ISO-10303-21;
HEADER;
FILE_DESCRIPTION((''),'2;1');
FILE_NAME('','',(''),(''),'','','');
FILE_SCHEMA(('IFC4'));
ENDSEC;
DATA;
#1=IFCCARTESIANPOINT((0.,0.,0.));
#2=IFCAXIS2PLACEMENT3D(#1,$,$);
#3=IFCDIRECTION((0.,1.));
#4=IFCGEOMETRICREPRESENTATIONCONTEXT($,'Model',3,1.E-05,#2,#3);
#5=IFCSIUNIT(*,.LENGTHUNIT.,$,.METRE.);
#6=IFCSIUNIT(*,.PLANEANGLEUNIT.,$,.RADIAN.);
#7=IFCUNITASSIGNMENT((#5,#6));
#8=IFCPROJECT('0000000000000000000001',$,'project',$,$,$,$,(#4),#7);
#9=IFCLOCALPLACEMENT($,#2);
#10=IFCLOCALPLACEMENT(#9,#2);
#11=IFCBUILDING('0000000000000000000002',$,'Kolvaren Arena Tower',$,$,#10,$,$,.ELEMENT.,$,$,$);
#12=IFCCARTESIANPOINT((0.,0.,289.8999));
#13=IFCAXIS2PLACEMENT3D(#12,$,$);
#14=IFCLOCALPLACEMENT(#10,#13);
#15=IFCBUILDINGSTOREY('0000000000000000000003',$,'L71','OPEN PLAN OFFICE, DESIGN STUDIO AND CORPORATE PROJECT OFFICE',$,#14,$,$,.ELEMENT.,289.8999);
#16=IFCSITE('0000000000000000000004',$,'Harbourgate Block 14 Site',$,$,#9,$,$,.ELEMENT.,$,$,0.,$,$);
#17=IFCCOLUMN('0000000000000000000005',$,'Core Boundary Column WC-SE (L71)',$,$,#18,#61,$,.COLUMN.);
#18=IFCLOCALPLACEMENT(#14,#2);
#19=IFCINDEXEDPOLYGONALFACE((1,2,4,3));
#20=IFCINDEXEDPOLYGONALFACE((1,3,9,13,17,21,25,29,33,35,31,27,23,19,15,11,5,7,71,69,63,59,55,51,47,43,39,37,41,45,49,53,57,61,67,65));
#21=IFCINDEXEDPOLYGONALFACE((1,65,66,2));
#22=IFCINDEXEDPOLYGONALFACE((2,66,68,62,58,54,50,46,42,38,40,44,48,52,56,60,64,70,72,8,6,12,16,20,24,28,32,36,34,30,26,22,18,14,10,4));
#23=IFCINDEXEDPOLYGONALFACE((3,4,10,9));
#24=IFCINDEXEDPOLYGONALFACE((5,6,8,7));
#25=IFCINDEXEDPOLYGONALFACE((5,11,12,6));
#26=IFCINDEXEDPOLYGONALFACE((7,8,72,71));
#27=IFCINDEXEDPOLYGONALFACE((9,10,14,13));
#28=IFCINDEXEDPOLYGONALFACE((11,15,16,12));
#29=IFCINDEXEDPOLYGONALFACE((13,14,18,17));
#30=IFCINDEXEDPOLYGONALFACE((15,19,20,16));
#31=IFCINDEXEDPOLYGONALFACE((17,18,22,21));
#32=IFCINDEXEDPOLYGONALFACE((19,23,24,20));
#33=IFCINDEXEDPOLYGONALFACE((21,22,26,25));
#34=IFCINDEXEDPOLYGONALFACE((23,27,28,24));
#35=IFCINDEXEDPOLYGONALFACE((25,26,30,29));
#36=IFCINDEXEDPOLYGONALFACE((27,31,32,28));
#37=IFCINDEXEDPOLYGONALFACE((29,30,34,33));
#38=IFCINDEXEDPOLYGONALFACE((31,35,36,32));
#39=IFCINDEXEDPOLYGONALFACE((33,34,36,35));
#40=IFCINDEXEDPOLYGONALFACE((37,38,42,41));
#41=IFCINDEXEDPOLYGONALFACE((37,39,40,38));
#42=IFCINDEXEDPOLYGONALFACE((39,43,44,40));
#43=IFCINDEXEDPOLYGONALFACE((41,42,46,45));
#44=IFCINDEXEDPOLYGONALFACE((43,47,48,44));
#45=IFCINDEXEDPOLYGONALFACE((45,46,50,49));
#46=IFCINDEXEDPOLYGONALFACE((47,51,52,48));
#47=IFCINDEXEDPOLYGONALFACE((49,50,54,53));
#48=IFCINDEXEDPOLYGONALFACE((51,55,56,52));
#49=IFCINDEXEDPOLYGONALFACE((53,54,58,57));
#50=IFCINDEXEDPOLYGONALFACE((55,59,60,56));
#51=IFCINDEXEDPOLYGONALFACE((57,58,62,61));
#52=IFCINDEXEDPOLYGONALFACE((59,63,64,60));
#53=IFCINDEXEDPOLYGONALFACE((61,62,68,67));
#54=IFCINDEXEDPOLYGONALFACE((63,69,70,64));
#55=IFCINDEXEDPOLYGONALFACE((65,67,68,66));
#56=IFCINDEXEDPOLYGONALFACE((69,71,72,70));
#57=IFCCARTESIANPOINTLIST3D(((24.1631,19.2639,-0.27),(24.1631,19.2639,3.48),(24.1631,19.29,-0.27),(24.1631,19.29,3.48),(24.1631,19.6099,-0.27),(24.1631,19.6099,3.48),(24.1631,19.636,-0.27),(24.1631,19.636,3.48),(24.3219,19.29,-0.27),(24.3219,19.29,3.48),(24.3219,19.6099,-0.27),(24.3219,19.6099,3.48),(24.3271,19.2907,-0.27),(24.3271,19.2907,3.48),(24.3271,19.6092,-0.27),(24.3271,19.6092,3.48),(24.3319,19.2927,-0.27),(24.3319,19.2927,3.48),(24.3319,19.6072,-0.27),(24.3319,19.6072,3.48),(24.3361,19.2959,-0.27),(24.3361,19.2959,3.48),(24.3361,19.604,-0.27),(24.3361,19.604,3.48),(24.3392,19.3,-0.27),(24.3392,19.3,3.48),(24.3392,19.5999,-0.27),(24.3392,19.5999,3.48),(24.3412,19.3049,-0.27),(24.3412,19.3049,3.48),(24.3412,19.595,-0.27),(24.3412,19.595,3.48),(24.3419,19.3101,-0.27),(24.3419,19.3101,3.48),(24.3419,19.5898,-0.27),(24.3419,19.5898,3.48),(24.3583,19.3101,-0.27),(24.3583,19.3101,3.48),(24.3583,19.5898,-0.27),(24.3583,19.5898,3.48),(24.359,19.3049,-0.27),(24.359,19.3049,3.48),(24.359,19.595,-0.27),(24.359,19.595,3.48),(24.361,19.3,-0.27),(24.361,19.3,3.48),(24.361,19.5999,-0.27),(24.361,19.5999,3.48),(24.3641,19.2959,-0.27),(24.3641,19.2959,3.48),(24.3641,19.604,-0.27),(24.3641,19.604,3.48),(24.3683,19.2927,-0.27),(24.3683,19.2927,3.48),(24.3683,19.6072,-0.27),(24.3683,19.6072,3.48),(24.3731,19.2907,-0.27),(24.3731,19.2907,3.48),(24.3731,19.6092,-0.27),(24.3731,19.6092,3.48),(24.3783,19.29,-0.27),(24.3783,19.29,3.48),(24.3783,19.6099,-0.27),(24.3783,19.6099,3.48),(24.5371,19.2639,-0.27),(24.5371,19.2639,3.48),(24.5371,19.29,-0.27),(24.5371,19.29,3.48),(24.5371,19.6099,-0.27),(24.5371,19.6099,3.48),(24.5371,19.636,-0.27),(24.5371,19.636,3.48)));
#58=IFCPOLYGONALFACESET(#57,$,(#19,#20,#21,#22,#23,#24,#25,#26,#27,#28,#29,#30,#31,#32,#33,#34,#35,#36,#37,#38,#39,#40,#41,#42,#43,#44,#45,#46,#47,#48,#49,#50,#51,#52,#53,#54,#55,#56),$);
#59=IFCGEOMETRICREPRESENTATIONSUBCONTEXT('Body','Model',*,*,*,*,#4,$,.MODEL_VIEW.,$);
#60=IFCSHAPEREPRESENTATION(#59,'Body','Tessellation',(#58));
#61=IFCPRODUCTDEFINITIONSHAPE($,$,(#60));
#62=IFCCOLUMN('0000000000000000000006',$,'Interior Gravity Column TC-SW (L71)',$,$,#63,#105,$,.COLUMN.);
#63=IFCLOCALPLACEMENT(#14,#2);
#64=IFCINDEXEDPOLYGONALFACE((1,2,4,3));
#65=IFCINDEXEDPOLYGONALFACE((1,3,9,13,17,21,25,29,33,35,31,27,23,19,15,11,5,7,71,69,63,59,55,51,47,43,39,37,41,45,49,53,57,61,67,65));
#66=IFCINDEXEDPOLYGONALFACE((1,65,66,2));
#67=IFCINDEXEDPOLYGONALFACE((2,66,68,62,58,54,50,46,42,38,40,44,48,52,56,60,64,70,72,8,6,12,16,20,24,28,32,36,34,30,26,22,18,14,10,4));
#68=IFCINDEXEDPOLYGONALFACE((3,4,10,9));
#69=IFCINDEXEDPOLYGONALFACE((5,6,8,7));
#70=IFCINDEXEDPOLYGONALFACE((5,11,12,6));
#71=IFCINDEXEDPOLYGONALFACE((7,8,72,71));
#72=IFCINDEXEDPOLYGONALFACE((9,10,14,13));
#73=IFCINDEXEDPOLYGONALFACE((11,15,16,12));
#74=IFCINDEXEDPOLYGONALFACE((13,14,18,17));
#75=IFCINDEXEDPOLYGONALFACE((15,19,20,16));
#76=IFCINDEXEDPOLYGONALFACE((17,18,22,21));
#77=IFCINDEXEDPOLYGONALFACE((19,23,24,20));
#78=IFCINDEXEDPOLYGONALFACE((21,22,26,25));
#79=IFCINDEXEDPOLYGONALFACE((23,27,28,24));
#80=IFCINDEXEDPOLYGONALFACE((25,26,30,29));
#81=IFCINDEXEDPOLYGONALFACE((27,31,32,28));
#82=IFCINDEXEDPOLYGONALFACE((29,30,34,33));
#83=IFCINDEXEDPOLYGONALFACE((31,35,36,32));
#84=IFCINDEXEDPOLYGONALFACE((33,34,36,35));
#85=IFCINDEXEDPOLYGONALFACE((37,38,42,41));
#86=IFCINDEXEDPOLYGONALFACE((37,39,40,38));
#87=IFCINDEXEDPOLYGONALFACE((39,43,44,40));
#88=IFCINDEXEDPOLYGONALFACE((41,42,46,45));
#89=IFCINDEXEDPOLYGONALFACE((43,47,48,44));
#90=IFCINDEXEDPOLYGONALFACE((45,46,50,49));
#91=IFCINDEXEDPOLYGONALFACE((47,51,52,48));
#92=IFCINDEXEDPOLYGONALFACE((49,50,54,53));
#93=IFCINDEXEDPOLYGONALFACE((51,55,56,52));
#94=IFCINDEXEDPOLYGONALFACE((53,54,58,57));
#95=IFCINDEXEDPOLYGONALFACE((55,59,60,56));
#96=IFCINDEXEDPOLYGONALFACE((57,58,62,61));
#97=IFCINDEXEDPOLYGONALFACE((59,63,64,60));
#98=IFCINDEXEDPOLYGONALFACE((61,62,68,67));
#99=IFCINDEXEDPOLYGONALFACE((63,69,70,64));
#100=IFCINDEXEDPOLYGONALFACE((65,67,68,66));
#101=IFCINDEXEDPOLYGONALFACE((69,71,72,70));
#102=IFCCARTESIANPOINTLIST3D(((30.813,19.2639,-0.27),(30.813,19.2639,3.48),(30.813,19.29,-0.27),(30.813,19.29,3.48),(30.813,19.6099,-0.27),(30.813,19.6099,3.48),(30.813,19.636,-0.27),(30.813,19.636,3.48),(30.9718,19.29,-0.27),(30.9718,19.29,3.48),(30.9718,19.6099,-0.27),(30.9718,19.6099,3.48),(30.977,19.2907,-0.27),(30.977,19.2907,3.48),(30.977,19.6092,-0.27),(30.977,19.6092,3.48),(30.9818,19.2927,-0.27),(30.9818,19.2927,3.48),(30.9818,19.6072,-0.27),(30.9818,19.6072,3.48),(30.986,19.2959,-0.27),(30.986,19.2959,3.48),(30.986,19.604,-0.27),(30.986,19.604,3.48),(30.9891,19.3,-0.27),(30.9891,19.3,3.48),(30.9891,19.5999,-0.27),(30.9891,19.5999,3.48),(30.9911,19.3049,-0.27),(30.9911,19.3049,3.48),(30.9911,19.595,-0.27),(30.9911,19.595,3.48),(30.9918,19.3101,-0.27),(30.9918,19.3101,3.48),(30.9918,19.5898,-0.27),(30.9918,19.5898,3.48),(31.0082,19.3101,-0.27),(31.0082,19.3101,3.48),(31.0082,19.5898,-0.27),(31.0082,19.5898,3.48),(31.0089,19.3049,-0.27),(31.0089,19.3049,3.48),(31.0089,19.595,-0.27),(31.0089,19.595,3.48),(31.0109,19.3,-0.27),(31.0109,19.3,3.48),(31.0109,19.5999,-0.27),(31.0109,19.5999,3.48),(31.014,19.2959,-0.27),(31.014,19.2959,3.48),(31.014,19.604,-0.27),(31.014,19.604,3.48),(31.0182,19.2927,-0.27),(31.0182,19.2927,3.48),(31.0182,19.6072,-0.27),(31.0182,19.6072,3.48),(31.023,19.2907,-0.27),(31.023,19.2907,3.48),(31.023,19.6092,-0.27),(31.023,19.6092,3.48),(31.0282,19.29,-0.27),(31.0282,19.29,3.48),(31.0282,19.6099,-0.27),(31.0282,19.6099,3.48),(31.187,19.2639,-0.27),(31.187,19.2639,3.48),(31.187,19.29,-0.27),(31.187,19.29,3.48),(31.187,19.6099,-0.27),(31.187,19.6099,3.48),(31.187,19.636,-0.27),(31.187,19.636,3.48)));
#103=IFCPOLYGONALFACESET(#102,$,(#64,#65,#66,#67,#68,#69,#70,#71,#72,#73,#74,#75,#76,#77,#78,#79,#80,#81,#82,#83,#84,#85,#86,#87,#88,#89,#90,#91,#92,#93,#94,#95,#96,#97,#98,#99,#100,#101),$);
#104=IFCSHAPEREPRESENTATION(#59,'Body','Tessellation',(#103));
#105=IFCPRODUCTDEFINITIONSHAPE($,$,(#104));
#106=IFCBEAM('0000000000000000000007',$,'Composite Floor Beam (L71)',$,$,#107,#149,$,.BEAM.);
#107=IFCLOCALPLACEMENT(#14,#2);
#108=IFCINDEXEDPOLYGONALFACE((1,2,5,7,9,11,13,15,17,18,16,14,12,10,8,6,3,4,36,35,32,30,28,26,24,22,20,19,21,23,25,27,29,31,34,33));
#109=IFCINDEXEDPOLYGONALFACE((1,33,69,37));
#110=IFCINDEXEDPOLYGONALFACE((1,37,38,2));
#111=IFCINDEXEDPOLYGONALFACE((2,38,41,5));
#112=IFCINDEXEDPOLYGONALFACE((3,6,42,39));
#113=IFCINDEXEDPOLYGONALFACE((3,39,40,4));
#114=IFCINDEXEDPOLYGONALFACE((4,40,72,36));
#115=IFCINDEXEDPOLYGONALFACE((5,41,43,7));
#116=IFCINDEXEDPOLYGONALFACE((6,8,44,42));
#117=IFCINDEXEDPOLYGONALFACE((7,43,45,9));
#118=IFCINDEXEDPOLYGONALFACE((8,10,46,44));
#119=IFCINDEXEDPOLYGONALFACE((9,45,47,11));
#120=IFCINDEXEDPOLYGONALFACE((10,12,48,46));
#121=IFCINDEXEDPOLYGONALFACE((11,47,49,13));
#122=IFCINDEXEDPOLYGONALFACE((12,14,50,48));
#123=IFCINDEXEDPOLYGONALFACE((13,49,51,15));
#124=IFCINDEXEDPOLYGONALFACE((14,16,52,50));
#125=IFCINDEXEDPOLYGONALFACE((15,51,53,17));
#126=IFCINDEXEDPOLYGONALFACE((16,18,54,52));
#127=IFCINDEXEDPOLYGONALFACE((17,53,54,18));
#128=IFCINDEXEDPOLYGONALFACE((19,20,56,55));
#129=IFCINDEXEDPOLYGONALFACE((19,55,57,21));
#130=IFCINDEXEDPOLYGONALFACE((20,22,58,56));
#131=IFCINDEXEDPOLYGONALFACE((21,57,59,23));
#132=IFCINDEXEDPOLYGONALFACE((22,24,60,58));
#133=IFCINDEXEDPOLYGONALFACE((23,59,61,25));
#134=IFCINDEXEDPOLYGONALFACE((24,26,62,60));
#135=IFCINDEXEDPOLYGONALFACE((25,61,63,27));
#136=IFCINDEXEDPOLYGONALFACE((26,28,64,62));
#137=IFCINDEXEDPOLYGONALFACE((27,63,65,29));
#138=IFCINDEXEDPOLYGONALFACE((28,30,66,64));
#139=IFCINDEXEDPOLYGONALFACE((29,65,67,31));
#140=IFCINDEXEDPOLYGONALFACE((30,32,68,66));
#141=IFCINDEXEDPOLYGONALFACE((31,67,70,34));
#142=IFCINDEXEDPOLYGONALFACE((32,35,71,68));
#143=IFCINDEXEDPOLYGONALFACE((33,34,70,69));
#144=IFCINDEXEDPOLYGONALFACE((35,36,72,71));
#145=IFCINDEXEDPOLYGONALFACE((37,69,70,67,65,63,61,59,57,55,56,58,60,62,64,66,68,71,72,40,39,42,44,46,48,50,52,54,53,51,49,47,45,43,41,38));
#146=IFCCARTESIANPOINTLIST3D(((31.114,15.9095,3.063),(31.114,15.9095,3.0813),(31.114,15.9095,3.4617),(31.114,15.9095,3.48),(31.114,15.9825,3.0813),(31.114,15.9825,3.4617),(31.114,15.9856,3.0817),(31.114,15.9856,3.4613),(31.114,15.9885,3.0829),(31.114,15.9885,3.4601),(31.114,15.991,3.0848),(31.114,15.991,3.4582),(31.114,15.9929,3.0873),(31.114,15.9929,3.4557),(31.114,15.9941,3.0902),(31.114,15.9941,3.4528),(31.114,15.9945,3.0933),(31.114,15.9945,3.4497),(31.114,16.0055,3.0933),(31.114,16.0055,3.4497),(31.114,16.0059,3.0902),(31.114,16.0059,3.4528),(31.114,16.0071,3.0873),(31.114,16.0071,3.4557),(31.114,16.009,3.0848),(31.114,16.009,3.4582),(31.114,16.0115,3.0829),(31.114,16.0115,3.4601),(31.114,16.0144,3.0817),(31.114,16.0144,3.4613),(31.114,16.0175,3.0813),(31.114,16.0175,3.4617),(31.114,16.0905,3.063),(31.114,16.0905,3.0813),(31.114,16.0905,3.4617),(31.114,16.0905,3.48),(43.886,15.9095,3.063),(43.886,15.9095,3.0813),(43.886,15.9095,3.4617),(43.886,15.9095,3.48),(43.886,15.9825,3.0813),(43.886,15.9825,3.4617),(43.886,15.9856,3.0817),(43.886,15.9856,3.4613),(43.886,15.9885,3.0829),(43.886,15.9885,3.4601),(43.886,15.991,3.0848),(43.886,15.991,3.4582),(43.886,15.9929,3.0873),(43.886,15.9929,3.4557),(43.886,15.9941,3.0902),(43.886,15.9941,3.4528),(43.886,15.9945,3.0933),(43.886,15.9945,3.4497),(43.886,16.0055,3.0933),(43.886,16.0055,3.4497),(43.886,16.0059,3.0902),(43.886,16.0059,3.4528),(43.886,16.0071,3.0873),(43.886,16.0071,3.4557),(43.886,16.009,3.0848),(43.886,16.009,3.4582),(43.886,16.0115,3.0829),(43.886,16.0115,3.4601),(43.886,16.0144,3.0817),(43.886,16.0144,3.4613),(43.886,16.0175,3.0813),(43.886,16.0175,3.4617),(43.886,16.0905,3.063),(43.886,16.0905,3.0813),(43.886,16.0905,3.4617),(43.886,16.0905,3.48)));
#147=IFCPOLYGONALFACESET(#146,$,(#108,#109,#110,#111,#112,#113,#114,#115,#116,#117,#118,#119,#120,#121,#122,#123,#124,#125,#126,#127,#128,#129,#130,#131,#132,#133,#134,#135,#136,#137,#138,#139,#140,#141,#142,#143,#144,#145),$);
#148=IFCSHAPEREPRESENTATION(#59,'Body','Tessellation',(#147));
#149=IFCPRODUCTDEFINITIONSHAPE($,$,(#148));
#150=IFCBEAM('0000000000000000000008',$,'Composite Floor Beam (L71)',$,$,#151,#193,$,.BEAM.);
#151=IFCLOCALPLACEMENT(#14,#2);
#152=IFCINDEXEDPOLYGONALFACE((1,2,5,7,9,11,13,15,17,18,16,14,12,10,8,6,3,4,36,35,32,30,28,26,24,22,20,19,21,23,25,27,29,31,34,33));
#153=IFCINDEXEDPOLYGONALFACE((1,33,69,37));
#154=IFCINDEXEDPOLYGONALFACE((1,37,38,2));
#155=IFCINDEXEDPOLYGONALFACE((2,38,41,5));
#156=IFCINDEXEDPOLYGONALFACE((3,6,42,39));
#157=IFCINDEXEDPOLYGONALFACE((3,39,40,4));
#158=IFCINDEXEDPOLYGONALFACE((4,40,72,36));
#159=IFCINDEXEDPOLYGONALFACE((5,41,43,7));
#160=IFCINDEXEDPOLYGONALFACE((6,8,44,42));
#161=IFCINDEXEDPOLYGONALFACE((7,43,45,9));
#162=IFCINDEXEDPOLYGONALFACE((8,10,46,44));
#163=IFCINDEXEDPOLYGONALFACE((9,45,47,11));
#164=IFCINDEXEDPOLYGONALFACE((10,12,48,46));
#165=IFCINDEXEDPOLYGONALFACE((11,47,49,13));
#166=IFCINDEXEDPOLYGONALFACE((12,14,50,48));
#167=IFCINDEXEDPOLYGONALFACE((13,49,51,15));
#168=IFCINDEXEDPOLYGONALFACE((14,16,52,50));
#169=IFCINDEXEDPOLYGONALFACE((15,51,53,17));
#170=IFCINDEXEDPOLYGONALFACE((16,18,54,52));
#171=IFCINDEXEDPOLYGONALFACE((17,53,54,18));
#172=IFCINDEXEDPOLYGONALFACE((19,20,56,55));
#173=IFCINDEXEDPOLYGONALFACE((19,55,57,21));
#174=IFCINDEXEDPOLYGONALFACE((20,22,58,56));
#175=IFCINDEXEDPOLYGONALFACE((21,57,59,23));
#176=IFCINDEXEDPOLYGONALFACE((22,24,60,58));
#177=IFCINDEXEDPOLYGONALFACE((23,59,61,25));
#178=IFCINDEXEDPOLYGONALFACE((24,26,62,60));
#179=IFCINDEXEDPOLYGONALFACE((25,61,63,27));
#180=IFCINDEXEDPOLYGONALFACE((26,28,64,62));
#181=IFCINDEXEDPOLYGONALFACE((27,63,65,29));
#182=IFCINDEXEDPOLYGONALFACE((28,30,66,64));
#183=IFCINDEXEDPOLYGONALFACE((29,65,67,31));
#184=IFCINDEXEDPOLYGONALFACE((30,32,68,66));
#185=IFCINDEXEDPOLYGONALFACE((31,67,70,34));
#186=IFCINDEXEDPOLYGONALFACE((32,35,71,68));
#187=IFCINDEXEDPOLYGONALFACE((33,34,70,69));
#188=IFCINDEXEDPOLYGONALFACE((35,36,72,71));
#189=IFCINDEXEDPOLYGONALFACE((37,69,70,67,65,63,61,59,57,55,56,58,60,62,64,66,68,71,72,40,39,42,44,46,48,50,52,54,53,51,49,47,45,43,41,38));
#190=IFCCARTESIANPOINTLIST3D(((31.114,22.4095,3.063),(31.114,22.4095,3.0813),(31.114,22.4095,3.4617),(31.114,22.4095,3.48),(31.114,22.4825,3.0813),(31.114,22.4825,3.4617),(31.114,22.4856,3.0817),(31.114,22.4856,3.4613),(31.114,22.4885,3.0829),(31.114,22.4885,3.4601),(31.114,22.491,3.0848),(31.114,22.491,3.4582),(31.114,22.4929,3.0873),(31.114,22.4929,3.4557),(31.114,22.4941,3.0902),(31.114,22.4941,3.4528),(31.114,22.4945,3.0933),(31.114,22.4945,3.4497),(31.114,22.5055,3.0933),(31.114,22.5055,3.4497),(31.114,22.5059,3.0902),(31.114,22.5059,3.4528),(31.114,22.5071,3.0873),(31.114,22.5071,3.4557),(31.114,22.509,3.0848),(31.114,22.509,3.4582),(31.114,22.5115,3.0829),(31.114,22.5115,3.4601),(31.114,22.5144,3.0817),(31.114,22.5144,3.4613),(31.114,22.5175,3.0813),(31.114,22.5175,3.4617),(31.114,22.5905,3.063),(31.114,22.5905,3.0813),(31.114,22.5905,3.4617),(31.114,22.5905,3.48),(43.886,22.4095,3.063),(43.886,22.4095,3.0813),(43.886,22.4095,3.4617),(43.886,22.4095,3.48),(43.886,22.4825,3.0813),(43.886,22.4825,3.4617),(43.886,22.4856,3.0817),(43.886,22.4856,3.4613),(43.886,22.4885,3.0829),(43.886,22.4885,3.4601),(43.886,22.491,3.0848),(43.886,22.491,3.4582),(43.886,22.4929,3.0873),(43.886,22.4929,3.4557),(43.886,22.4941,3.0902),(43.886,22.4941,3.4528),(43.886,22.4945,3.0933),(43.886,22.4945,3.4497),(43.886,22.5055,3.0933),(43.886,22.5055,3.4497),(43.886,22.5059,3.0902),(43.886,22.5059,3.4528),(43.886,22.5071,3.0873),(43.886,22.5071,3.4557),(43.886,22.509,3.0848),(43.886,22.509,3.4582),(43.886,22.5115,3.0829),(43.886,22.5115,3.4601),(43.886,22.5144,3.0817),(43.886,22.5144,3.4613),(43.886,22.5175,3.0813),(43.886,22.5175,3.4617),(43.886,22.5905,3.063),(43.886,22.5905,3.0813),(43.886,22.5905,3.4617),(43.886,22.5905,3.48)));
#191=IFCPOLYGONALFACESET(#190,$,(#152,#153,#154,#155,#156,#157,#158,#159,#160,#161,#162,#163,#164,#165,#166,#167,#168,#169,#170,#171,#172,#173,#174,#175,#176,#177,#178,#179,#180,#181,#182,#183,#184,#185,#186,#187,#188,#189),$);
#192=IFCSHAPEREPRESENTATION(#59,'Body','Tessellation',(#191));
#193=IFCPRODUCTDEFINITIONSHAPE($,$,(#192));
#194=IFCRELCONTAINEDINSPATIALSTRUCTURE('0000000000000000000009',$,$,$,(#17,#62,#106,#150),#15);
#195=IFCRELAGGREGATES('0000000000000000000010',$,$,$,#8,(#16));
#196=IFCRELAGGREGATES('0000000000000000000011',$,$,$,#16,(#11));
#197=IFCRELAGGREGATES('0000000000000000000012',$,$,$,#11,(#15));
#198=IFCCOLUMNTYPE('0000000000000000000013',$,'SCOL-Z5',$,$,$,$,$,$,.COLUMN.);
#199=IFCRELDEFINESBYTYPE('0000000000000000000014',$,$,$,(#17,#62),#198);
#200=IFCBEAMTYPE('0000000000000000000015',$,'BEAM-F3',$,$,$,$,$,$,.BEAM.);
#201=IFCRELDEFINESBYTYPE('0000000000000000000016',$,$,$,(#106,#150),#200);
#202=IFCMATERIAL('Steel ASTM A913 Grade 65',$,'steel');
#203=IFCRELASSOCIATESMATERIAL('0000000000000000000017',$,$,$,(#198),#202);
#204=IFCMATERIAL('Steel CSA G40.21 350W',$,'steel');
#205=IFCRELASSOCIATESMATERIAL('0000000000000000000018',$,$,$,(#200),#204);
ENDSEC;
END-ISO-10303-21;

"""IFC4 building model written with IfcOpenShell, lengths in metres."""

from ifc_helpers import new_model, si_unit, direction, frame, origin, origin_2d, place, context, subcontext, project, spatial, i_section, extrude, material, material_profile, profile_set, type_object, element, save


model = new_model("IFC4")

# Units and contexts
model_context = context("Model", 3, precision=1e-05, world=origin(), true_north=direction((0.0, 1.0)))
body_context = subcontext(model_context, "Body", "Model", "MODEL_VIEW")
ifc_project = project(units=[si_unit("LENGTHUNIT", "METRE"), si_unit("PLANEANGLEUNIT", "RADIAN")], contexts=[model_context])

# Site, building, storey
site_placement = place(None, origin())
site = spatial("IfcSite", under=ifc_project, at=site_placement, Name="Harbourgate Block 14 Site", CompositionType="ELEMENT", RefElevation=0.0)
building_placement = place(site_placement, origin())
building = spatial("IfcBuilding", under=site, at=building_placement, Name="Kolvaren Arena Tower", CompositionType="ELEMENT")
storey_placement = place(building_placement, frame((0.0, 0.0, 289.8999)))
storey = spatial("IfcBuildingStorey", under=building, at=storey_placement, Name="L71", Description="OPEN PLAN OFFICE, DESIGN STUDIO AND CORPORATE PROJECT OFFICE", CompositionType="ELEMENT", Elevation=289.8999)

# Columns
ifc_material_1 = material(Name="Steel ASTM A913 Grade 65", Category="steel")
ifc_material_profile_1 = material_profile(ifc_material_1, i_section(OverallWidth=0.374, OverallDepth=0.3721, WebThickness=0.0164, FlangeThickness=0.0261, FilletRadius=0.02, at=origin_2d()), Name="W360x196")
ifc_profile_set_1 = profile_set([ifc_material_profile_1], Name="Steel ASTM A913 Grade 65")
column_type = type_object("IfcColumnType", Name="SCOL-Z5", PredefinedType="COLUMN", material=ifc_profile_set_1)
for number, where, z_axis, x_axis, name in (
    (1, (24.3501, 19.45, -0.27), (0.0, 0.0, 1.0), (1.0, 0.0, 0.0), "Core Boundary Column WC-SE (L71)"),
    (2, (31.0, 19.45, -0.27), (0.0, 0.0, 1.0), (1.0, 0.0, 0.0), "Interior Gravity Column TC-SW (L71)"),
):
    element("IfcColumn", number, at=place(storey_placement, frame(where, z_axis=z_axis, x_axis=x_axis)), inside=storey, type_object=column_type, Name=name, PredefinedType="COLUMN", context=body_context, shape_type="SweptSolid", body=[
        extrude(i_section(OverallWidth=0.374, OverallDepth=0.3721, WebThickness=0.0164, FlangeThickness=0.0261, FilletRadius=0.02, at=origin_2d()), origin(), (0.0, 0.0, 1.0), 3.75),
    ])

# Beams
ifc_material_2 = material(Name="Steel CSA G40.21 350W", Category="steel")
ifc_material_profile_2 = material_profile(ifc_material_2, i_section(OverallWidth=0.1809, OverallDepth=0.417, WebThickness=0.011, FlangeThickness=0.0183, FilletRadius=0.012, at=origin_2d()), Name="W410x85")
ifc_profile_set_2 = profile_set([ifc_material_profile_2], Name="Steel CSA G40.21 350W")
beam_type_1 = type_object("IfcBeamType", Name="BEAM-F3", PredefinedType="BEAM", material=ifc_profile_set_2)
for number, where, z_axis, x_axis, name in (
    (3, (31.114, 16.0, 3.2715), (1.0, 0.0, 0.0), (0.0, 1.0, 0.0), "Composite Floor Beam (L71)"),
    (4, (31.114, 22.5, 3.2715), (1.0, 0.0, 0.0), (0.0, 1.0, 0.0), "Composite Floor Beam (L71)"),
):
    element("IfcBeam", number, at=place(storey_placement, frame(where, z_axis=z_axis, x_axis=x_axis)), inside=storey, type_object=beam_type_1, Name=name, PredefinedType="BEAM", context=body_context, shape_type="SweptSolid", body=[
        extrude(i_section(OverallWidth=0.1809, OverallDepth=0.417, WebThickness=0.011, FlangeThickness=0.0183, FilletRadius=0.012, at=origin_2d()), origin(), (0.0, 0.0, 1.0), 12.772),
    ])

save(model, "model.ifc")
